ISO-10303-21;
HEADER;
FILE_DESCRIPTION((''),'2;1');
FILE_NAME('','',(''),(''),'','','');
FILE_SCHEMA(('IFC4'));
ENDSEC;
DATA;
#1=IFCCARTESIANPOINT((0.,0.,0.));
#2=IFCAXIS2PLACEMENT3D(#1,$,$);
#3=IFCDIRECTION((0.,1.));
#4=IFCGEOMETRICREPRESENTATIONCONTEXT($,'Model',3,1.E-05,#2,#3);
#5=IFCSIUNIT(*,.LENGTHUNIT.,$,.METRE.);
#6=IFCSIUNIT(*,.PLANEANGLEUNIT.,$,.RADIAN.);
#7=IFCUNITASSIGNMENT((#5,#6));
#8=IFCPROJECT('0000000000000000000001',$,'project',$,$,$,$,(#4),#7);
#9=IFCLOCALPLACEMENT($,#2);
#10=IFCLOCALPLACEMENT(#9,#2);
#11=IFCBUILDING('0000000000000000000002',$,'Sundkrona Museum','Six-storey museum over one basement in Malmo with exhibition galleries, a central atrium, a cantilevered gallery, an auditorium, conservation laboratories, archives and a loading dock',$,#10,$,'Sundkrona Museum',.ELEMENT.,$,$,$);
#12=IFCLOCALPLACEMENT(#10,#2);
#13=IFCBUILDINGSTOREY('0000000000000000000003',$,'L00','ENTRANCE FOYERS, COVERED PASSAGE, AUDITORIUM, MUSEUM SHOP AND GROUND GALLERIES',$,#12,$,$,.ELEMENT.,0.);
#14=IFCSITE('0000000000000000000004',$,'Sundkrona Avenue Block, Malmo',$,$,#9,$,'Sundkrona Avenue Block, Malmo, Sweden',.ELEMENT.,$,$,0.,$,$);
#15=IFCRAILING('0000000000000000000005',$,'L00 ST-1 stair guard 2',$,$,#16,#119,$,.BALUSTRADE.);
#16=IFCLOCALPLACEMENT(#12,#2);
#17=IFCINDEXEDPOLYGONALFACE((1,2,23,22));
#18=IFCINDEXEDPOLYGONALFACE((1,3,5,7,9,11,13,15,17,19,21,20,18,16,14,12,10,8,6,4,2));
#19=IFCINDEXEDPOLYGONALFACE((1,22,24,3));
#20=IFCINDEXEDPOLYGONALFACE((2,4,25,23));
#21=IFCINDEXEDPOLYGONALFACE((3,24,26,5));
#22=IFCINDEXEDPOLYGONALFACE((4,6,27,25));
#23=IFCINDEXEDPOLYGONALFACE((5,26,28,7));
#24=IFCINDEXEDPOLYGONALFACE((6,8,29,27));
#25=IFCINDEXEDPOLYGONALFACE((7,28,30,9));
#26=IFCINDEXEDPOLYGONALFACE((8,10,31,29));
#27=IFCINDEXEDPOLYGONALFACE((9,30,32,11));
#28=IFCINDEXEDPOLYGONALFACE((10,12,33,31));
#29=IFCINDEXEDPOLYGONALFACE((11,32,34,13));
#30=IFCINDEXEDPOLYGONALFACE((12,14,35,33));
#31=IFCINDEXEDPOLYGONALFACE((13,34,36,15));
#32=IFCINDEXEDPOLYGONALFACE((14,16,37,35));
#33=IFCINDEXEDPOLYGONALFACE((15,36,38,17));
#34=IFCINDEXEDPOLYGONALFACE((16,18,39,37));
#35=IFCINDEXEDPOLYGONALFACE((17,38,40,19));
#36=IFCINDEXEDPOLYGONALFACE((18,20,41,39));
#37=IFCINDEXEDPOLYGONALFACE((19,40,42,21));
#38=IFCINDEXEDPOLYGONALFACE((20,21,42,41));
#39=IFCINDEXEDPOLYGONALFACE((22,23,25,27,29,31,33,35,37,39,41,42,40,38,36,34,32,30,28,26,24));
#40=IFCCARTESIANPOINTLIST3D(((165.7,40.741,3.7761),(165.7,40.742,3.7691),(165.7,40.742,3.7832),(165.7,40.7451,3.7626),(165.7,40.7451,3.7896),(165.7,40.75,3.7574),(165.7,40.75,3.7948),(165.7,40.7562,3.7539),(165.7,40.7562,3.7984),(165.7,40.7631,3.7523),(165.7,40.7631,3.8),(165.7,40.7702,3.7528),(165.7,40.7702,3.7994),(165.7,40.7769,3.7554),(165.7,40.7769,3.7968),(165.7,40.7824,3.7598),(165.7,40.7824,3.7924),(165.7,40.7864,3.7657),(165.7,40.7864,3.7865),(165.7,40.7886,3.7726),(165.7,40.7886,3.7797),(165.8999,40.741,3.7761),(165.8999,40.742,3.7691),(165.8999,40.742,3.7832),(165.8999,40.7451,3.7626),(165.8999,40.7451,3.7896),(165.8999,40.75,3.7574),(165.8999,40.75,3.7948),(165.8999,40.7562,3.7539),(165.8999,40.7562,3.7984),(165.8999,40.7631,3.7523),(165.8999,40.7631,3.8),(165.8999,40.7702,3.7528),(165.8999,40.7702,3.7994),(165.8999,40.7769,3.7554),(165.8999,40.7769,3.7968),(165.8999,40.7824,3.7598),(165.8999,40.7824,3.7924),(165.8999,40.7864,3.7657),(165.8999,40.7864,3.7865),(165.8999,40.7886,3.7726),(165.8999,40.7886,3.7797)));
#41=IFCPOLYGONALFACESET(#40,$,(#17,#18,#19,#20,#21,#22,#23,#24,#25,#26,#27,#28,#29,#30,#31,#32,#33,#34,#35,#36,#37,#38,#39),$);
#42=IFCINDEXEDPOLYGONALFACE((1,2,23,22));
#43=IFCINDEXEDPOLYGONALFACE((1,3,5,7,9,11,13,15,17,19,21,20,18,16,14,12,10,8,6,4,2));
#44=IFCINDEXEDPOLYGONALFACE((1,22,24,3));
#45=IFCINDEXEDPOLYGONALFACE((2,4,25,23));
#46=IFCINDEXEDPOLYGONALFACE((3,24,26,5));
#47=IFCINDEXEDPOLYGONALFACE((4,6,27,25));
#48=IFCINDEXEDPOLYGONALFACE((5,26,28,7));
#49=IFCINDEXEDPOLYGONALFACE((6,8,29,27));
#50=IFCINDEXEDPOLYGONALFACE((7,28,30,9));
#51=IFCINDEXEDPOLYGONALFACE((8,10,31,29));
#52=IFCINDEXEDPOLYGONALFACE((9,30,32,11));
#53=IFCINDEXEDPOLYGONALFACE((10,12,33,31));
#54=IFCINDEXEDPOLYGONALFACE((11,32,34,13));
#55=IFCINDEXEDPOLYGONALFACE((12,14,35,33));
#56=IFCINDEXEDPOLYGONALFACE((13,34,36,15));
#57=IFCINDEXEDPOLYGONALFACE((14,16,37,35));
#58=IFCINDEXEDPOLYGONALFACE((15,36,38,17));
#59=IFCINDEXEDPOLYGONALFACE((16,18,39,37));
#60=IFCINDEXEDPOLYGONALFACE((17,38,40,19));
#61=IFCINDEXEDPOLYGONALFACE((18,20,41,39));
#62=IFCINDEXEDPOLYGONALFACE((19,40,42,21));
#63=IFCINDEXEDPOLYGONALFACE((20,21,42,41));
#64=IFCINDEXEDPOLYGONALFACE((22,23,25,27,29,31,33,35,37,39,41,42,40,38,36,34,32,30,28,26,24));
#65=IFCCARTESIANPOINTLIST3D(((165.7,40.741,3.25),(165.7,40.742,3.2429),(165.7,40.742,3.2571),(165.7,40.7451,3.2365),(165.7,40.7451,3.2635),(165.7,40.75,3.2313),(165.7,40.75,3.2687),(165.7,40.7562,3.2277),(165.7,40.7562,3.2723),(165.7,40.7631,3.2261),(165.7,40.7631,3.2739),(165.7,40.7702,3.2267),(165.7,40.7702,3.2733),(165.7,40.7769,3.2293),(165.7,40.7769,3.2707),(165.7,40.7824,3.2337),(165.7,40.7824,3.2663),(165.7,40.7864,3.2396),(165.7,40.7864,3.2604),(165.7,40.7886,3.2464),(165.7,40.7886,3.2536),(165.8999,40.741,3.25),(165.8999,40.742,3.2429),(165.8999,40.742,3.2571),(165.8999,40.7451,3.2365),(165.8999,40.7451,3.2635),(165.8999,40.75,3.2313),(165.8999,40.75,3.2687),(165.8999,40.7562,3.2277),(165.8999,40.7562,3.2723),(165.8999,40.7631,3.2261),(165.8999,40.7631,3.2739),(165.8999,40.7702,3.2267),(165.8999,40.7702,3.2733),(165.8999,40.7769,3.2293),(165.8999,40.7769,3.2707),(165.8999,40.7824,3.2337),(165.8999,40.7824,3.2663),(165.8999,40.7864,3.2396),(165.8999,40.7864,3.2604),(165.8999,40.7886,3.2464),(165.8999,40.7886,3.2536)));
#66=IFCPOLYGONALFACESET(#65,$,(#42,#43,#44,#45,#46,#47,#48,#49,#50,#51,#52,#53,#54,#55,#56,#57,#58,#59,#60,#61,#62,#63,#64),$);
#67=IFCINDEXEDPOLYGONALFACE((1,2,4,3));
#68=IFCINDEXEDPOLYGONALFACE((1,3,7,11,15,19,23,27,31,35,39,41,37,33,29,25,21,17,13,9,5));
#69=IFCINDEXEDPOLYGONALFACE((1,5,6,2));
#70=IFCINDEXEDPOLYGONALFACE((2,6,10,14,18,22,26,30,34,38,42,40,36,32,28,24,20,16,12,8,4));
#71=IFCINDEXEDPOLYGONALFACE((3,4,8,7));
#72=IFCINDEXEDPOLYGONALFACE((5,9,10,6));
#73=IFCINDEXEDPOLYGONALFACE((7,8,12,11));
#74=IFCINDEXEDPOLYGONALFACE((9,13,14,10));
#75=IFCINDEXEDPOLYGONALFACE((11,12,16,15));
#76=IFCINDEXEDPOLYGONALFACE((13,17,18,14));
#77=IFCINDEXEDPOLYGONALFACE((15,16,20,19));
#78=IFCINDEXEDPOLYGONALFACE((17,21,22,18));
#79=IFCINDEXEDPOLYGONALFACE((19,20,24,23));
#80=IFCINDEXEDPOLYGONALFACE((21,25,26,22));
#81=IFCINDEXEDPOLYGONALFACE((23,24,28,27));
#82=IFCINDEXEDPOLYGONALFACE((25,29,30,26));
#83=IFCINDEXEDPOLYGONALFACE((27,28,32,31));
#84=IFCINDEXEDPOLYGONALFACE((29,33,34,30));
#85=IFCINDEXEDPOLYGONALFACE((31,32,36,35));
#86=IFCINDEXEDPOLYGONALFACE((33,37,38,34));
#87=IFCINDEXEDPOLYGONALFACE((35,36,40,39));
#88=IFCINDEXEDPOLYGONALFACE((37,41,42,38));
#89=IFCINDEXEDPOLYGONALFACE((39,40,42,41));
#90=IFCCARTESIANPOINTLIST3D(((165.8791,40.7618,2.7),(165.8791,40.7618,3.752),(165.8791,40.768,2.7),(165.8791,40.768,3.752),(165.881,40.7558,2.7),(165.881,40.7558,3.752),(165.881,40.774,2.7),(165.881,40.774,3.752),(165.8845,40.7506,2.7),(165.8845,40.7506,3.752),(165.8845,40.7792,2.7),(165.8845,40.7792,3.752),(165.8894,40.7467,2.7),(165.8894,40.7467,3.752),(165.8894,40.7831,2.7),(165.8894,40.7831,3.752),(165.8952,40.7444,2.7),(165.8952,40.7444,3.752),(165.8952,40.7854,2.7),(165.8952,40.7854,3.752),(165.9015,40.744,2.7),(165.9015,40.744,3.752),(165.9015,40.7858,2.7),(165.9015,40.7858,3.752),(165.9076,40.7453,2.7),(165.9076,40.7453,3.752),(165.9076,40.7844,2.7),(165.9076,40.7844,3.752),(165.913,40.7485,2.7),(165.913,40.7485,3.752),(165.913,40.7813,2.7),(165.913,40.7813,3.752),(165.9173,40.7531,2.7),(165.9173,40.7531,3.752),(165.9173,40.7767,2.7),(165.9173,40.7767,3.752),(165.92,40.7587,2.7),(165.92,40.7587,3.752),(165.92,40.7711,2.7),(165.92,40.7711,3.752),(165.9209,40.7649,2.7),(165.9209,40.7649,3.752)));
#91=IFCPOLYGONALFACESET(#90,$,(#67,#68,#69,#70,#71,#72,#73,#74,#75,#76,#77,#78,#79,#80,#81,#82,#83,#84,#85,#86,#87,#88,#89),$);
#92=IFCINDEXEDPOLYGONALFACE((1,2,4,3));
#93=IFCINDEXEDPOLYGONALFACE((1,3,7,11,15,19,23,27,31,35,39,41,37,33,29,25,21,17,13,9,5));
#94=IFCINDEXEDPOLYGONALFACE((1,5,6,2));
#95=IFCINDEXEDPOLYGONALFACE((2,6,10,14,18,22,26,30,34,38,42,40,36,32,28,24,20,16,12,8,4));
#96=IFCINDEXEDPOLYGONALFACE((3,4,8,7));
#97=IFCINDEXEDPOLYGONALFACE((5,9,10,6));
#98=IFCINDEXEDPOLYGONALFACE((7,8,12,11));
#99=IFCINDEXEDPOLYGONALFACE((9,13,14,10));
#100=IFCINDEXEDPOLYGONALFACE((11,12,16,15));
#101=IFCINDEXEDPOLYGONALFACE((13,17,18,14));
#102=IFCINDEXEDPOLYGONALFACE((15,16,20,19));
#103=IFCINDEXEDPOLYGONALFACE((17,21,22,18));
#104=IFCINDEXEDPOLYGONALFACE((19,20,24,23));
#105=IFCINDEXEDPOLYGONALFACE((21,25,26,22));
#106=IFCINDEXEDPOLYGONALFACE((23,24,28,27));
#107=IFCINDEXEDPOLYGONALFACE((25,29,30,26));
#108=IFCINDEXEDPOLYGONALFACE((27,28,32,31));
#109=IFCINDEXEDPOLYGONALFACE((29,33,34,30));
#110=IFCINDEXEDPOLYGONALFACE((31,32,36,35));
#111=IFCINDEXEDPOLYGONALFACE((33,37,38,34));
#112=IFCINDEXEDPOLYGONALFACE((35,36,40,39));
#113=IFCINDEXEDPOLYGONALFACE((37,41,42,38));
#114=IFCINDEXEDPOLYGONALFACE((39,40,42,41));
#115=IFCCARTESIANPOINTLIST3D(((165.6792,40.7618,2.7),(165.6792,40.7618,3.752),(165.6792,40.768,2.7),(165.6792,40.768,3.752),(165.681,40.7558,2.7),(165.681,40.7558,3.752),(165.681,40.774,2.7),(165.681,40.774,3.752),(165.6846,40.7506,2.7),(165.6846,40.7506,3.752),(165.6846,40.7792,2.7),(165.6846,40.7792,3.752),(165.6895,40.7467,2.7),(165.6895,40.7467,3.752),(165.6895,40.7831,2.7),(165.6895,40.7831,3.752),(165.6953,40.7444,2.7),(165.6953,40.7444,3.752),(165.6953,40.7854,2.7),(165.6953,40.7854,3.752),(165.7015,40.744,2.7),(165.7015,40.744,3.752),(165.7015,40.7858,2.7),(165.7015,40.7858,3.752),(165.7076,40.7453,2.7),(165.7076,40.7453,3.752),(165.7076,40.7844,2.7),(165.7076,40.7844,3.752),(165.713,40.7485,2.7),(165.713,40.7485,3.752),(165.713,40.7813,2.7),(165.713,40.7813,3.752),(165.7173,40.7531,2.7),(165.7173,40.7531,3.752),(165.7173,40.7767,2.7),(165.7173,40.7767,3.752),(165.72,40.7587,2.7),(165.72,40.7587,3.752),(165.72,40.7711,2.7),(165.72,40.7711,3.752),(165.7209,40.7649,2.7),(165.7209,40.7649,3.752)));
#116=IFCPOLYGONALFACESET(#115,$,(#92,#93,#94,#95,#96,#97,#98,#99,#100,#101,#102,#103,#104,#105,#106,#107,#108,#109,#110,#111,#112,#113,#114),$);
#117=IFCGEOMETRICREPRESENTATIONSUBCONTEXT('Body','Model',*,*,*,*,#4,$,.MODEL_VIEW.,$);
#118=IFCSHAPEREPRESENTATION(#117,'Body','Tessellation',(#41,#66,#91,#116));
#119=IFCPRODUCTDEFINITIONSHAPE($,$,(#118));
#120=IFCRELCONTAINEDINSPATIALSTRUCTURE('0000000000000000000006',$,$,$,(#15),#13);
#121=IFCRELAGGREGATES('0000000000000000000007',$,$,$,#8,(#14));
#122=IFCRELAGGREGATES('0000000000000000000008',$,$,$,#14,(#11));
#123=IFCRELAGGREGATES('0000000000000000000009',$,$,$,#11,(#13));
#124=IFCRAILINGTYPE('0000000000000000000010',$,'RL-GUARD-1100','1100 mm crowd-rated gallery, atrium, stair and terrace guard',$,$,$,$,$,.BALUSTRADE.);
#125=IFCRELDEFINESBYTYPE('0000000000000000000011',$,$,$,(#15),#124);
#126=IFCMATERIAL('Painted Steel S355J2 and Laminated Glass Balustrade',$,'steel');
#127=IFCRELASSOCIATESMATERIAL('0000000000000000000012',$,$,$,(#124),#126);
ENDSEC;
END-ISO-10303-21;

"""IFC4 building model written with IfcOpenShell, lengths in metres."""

from ifc_helpers import new_model, si_unit, direction, frame, origin, origin_2d, place, context, subcontext, project, spatial, circle, extrude, material, type_object, element, save


model = new_model("IFC4")

# Units and contexts
model_context = context("Model", 3, precision=1e-05, world=origin(), true_north=direction((0.0, 1.0)))
body_context = subcontext(model_context, "Body", "Model", "MODEL_VIEW")
ifc_project = project(units=[si_unit("LENGTHUNIT", "METRE"), si_unit("PLANEANGLEUNIT", "RADIAN")], contexts=[model_context])

# Site, building, storey
site_placement = place(None, origin())
site = spatial("IfcSite", under=ifc_project, at=site_placement, Name="Sundkrona Avenue Block, Malmo", LongName="Sundkrona Avenue Block, Malmo, Sweden", CompositionType="ELEMENT", RefElevation=0.0)
building_placement = place(site_placement, origin())
building = spatial("IfcBuilding", under=site, at=building_placement, Name="Sundkrona Museum", Description="Six-storey museum over one basement in Malmo with exhibition galleries, a central atrium, a cantilevered gallery, an auditorium, conservation laboratories, archives and a loading dock", LongName="Sundkrona Museum", CompositionType="ELEMENT")
storey_placement = place(building_placement, origin())
storey = spatial("IfcBuildingStorey", under=building, at=storey_placement, Name="L00", Description="ENTRANCE FOYERS, COVERED PASSAGE, AUDITORIUM, MUSEUM SHOP AND GROUND GALLERIES", CompositionType="ELEMENT", Elevation=0.0)

# Railing
ifc_material_1 = material(Name="Painted Steel S355J2 and Laminated Glass Balustrade", Category="steel")
railing_type = type_object("IfcRailingType", Name="RL-GUARD-1100", Description="1100 mm crowd-rated gallery, atrium, stair and terrace guard", PredefinedType="BALUSTRADE", material=ifc_material_1)
railing_1_placement = place(storey_placement, frame((165.8999, 40.7649, 2.7)))
element("IfcRailing", 1, at=railing_1_placement, inside=storey, type_object=railing_type, Name="L00 ST-1 stair guard 2", PredefinedType="BALUSTRADE", context=body_context, shape_type="SweptSolid", body=[
    extrude(circle(Radius=0.0239, at=origin_2d()), frame((0.0, 0.0, 1.0762), z_axis=(-1.0, 0.0, 0.0), x_axis=(0.0, -1.0, 0.0)), (0.0, 0.0, 1.0), 0.2),
    extrude(circle(Radius=0.0239, at=origin_2d()), frame((0.0, 0.0, 0.55), z_axis=(-1.0, 0.0, 0.0), x_axis=(0.0, -1.0, 0.0)), (0.0, 0.0, 1.0), 0.2),
    extrude(circle(Radius=0.021, at=origin_2d()), origin(), (0.0, 0.0, 1.0), 1.052),
    extrude(circle(Radius=0.021, at=origin_2d()), frame((-0.2, 0.0, 0.0)), (0.0, 0.0, 1.0), 1.052),
])

save(model, "model.ifc")
